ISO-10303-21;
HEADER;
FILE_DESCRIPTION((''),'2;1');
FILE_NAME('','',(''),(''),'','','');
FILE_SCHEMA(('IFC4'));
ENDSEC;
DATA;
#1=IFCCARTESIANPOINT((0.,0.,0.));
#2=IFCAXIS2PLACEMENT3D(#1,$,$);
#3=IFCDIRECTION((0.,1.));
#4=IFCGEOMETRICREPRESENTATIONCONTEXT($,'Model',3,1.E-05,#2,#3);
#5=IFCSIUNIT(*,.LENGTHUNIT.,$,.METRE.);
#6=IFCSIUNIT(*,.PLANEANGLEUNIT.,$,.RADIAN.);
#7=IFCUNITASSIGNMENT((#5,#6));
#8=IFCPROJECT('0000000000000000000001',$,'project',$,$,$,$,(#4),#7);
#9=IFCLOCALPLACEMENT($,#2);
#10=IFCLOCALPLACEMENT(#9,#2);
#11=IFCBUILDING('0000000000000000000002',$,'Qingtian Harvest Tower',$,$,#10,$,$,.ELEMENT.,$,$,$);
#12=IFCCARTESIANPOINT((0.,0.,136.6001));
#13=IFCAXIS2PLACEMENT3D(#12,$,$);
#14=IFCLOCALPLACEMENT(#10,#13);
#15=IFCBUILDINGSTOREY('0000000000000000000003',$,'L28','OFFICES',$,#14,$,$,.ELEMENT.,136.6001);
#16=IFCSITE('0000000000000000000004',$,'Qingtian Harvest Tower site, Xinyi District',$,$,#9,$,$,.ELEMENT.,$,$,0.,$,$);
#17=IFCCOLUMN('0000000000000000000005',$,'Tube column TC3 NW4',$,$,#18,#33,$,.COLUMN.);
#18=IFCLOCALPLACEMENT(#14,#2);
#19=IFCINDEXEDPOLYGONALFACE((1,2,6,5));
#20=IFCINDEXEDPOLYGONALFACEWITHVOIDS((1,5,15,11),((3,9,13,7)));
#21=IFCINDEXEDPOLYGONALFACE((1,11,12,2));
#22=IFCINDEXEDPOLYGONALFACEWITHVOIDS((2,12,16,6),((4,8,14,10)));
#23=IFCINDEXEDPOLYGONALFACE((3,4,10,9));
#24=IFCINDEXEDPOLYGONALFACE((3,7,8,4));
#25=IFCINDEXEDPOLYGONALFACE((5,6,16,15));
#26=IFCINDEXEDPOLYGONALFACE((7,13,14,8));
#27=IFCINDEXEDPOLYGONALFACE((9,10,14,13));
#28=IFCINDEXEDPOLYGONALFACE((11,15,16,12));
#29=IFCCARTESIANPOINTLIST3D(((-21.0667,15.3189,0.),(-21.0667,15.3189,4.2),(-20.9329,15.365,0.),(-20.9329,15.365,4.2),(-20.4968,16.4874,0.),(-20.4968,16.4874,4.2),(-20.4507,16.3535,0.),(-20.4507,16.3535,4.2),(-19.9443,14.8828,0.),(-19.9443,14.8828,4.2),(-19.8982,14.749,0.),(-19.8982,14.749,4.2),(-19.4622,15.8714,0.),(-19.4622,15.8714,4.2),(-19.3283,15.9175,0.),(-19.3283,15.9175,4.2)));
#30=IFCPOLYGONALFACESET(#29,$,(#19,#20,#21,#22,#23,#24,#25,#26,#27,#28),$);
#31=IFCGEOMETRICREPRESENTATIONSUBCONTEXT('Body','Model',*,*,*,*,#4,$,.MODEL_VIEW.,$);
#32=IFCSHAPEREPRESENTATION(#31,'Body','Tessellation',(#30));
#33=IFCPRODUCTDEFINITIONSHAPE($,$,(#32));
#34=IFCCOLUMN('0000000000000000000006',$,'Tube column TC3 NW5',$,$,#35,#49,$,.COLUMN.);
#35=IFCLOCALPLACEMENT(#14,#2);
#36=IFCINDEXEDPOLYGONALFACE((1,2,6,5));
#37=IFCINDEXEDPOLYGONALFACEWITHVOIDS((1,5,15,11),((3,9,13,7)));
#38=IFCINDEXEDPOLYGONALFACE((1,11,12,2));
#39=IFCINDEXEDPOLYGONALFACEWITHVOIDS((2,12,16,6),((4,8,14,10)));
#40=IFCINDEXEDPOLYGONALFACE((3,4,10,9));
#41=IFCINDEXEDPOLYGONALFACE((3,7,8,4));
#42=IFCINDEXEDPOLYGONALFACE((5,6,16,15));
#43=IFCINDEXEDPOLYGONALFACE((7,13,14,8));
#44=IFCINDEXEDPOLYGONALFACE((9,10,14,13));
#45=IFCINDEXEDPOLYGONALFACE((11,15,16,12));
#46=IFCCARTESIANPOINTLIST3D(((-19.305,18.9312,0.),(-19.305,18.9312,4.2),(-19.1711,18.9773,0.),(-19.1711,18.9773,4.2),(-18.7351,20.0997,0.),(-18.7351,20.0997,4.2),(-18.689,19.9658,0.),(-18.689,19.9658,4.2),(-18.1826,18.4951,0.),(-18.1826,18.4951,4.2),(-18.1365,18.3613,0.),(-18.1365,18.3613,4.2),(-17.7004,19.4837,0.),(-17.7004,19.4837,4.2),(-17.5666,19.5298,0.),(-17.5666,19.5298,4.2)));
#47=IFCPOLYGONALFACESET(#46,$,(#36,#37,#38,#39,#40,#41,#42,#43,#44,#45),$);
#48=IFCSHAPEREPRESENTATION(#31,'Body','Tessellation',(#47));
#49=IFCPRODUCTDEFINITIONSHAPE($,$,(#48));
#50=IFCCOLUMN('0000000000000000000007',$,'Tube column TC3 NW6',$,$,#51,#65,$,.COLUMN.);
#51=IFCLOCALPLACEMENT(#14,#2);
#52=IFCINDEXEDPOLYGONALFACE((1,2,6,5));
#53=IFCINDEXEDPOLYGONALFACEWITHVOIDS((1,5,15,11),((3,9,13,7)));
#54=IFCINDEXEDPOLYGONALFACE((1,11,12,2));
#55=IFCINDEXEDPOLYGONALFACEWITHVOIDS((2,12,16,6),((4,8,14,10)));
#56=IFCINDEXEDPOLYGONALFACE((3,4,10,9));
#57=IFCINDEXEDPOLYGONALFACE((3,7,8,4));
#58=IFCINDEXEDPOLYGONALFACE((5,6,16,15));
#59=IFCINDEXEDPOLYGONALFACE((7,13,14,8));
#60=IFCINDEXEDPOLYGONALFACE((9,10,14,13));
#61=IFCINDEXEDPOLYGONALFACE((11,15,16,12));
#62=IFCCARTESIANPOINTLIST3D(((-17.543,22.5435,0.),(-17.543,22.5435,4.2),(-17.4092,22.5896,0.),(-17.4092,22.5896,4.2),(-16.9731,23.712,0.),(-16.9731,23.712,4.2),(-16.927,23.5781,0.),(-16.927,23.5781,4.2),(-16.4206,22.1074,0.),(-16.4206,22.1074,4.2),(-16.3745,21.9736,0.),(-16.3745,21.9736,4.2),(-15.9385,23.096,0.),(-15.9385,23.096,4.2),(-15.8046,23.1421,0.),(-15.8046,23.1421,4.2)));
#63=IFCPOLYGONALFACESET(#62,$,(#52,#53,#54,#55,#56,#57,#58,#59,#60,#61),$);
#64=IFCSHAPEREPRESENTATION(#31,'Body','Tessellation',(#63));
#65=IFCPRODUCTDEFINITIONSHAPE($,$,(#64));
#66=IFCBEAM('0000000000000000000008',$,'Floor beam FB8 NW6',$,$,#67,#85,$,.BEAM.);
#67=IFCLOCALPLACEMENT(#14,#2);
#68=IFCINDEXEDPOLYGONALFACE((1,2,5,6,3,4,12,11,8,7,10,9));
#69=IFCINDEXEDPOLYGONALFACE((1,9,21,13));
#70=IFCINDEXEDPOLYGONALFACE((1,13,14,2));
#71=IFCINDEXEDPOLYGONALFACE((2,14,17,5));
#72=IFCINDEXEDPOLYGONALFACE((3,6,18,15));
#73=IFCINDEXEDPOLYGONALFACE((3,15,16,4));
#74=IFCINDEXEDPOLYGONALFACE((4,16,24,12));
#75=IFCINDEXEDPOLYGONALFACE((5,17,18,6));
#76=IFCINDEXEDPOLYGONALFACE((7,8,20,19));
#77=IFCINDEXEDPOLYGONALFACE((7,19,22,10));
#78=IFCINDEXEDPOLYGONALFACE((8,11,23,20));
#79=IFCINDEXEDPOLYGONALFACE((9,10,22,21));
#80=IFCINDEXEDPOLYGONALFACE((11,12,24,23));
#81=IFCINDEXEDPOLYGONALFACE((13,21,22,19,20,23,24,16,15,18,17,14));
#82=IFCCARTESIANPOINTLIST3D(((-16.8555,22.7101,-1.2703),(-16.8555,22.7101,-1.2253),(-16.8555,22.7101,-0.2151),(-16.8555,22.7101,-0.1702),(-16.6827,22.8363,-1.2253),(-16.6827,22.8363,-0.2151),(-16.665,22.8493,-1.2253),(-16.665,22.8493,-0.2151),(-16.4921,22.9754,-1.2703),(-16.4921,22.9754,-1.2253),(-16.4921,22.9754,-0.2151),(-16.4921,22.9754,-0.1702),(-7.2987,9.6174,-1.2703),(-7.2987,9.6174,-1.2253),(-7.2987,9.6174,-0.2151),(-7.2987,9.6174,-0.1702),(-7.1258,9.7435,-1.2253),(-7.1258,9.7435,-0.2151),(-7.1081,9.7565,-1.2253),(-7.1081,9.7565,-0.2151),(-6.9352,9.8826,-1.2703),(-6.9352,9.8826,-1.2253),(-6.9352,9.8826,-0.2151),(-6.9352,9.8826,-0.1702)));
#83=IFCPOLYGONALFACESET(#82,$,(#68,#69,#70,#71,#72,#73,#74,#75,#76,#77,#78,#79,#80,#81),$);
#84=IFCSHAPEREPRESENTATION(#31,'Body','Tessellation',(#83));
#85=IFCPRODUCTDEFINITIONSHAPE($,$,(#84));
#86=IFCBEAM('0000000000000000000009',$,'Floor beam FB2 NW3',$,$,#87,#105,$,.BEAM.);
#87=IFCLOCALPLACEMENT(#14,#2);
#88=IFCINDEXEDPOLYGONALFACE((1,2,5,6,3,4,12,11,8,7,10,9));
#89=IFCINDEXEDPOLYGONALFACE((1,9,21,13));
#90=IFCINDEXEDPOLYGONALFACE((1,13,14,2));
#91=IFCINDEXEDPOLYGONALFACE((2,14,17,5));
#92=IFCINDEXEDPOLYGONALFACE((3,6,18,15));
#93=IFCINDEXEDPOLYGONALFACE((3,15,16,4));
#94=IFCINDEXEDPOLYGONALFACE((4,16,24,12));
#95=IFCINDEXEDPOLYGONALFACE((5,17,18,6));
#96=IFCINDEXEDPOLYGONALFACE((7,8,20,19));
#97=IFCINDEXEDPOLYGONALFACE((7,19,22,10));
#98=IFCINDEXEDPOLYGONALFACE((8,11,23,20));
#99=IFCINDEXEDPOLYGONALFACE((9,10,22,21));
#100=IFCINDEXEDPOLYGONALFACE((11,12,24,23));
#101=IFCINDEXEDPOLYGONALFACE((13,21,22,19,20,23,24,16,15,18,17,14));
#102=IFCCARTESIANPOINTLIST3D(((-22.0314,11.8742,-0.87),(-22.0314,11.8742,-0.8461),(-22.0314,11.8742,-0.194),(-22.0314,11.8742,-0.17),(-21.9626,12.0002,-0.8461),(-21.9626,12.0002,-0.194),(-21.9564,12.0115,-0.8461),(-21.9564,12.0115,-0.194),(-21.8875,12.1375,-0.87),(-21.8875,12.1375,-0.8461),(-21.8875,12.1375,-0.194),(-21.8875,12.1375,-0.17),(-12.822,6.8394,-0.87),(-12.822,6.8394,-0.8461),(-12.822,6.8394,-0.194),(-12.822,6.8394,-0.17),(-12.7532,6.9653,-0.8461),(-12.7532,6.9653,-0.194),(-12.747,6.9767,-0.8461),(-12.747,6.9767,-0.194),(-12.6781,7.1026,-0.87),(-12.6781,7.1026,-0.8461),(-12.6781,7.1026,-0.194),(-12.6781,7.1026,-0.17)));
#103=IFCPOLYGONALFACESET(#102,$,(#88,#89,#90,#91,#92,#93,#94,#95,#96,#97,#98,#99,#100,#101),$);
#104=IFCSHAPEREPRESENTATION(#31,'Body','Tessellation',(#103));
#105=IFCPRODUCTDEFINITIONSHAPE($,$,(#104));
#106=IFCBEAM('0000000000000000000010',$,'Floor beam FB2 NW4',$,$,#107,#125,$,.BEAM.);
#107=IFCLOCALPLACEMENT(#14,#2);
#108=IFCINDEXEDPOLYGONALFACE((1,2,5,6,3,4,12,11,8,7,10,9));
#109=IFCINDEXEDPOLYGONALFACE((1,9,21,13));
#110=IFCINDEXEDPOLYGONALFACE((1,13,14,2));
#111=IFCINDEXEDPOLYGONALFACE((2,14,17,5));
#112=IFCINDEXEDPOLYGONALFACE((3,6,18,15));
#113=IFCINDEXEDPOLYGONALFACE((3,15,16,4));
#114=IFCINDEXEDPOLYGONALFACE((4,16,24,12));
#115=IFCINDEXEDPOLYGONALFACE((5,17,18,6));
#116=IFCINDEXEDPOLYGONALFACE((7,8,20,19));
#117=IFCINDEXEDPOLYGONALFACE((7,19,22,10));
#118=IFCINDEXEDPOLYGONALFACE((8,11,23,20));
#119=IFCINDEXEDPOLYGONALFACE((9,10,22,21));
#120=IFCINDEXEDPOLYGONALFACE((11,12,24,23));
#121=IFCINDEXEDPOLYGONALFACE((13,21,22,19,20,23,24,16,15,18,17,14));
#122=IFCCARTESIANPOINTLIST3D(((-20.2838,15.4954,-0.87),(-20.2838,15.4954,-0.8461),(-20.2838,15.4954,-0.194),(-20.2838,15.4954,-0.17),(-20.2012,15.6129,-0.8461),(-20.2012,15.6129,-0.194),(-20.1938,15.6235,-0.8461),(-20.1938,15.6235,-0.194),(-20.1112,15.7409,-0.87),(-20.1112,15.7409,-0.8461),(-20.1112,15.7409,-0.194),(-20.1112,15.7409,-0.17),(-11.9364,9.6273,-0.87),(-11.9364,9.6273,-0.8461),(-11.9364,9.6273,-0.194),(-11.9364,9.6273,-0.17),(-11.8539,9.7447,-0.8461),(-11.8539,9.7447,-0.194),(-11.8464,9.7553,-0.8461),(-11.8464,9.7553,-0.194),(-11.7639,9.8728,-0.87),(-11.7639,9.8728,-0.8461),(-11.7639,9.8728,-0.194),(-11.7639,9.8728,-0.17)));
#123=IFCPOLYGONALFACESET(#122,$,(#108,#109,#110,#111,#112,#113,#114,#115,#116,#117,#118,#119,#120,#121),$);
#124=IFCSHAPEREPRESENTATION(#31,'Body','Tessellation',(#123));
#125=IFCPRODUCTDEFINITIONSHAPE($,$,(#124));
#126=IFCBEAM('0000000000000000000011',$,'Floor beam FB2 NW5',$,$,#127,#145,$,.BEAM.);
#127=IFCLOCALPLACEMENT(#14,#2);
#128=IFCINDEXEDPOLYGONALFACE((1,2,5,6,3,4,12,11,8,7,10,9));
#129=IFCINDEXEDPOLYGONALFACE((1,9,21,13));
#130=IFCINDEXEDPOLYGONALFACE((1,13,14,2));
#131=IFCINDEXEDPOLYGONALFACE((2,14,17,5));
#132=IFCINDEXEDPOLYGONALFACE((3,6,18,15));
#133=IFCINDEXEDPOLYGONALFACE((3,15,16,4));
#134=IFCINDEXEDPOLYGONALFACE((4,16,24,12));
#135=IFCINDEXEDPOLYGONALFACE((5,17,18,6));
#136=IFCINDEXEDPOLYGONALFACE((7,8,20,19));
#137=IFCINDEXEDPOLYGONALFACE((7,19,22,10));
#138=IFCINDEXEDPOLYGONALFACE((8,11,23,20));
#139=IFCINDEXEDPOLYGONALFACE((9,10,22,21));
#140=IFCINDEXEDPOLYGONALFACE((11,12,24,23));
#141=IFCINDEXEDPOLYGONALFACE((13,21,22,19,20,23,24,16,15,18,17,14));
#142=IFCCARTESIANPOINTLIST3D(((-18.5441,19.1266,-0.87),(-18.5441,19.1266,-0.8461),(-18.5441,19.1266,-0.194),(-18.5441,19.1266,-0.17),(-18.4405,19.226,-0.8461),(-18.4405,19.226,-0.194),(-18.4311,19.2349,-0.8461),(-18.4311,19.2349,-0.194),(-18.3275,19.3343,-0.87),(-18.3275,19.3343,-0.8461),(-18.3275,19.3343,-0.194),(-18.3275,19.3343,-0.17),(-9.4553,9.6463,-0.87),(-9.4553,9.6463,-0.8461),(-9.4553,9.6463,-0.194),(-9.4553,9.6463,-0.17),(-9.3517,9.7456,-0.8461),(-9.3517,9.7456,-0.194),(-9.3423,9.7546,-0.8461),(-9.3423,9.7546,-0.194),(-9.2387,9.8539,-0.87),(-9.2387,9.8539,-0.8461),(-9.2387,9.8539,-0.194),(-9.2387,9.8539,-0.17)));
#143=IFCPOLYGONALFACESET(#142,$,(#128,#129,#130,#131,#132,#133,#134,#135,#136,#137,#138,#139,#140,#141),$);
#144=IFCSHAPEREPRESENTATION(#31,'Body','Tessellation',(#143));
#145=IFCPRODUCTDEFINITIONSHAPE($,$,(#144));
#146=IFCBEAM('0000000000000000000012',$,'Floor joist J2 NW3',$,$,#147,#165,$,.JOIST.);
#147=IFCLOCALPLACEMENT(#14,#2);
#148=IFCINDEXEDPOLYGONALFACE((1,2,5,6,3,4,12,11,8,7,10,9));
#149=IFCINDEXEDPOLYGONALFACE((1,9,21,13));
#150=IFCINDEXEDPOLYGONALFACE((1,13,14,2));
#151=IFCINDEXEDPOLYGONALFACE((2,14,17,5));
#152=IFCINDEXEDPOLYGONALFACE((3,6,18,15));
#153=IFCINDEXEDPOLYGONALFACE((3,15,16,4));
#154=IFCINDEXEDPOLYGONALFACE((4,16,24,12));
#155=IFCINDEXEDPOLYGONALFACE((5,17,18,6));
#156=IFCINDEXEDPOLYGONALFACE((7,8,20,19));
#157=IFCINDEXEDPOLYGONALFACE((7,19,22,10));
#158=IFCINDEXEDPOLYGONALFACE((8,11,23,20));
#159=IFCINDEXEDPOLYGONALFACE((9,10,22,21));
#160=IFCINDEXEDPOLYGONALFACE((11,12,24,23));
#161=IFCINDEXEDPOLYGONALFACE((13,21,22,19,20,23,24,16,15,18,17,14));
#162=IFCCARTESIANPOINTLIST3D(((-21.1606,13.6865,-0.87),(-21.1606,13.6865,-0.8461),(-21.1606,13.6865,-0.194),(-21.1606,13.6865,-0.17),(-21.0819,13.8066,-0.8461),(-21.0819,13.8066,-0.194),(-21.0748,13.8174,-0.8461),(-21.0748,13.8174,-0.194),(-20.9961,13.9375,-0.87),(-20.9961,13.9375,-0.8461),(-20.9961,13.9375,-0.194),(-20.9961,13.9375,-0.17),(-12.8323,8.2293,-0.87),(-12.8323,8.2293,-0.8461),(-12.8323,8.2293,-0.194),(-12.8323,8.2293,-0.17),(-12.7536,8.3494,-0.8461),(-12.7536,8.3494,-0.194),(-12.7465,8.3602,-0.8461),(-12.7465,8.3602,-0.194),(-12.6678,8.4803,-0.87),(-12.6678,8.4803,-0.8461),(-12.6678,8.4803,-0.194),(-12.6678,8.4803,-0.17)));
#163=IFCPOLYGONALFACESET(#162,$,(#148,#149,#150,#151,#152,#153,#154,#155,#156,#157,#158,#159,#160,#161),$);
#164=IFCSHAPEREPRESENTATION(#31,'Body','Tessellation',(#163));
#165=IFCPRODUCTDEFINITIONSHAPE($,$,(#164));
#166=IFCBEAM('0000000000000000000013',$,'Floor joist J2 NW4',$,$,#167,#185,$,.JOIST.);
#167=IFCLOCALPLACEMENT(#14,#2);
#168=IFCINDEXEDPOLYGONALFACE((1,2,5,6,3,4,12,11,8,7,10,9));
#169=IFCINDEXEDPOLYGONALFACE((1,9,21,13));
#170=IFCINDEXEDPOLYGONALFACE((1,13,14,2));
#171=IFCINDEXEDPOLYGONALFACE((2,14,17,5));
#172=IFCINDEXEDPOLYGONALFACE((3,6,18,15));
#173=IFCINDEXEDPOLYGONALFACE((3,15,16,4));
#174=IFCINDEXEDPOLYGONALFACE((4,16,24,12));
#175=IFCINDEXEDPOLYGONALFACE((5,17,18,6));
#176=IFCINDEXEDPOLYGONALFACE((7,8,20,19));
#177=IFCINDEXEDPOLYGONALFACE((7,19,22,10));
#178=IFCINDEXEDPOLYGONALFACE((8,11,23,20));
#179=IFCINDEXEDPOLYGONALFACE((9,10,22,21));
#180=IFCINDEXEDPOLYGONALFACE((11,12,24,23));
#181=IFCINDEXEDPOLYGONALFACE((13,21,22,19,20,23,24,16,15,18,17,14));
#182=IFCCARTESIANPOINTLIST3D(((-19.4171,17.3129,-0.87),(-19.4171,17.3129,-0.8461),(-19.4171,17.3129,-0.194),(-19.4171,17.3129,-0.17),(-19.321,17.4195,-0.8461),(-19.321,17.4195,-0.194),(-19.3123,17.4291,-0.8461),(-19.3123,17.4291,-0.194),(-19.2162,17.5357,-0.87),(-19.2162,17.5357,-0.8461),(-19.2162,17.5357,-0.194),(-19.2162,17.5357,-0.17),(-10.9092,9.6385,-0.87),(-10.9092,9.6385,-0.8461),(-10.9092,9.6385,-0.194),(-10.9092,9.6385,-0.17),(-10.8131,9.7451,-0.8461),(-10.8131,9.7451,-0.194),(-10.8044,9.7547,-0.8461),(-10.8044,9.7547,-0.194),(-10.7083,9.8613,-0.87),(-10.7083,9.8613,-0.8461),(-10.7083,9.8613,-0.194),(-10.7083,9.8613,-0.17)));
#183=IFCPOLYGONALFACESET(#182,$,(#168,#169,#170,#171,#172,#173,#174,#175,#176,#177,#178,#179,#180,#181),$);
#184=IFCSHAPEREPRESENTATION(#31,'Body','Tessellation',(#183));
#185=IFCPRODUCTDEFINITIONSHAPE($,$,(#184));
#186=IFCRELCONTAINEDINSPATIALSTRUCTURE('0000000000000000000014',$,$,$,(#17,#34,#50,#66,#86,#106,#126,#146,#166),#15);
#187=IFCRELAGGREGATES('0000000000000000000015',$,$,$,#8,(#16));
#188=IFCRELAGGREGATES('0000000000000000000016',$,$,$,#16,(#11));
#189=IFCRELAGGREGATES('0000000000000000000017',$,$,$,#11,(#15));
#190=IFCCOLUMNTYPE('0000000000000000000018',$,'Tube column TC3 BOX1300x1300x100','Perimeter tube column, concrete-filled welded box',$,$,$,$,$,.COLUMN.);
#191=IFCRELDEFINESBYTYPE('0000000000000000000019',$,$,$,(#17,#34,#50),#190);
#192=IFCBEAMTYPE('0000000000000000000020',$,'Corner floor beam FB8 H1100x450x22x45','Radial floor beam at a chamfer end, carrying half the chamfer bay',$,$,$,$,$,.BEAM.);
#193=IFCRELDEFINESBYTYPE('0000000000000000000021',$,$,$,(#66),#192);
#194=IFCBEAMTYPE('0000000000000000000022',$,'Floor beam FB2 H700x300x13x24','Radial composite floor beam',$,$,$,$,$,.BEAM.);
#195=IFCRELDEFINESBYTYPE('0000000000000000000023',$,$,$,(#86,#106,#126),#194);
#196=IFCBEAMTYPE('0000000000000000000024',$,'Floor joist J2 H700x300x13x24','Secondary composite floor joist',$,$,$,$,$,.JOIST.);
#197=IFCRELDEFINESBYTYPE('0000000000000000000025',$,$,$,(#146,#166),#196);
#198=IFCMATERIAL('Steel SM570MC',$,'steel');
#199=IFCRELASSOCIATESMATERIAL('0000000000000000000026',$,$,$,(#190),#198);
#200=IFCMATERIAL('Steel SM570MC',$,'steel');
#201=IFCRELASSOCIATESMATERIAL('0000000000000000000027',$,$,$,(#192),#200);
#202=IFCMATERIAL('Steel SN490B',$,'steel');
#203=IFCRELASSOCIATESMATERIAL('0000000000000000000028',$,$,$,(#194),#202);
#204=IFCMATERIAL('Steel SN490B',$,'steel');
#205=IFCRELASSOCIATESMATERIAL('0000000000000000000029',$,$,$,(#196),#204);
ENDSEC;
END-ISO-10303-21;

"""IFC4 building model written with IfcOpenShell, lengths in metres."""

from ifc_helpers import new_model, si_unit, direction, frame, origin, origin_2d, place, context, subcontext, project, spatial, hollow_rectangle, i_section, extrude, material, material_profile, profile_set, type_object, element, save


model = new_model("IFC4")

# Units and contexts
model_context = context("Model", 3, precision=1e-05, world=origin(), true_north=direction((0.0, 1.0)))
body_context = subcontext(model_context, "Body", "Model", "MODEL_VIEW")
ifc_project = project(units=[si_unit("LENGTHUNIT", "METRE"), si_unit("PLANEANGLEUNIT", "RADIAN")], contexts=[model_context])

# Site, building, storey
site_placement = place(None, origin())
site = spatial("IfcSite", under=ifc_project, at=site_placement, Name="Qingtian Harvest Tower site, Xinyi District", CompositionType="ELEMENT", RefElevation=0.0)
building_placement = place(site_placement, origin())
building = spatial("IfcBuilding", under=site, at=building_placement, Name="Qingtian Harvest Tower", CompositionType="ELEMENT")
storey_placement = place(building_placement, frame((0.0, 0.0, 136.6001)))
storey = spatial("IfcBuildingStorey", under=building, at=storey_placement, Name="L28", Description="OFFICES", CompositionType="ELEMENT", Elevation=136.6001)

# Columns
ifc_material_1 = material(Name="Steel SM570MC", Category="steel")
ifc_material_profile_1 = material_profile(ifc_material_1, hollow_rectangle(XDim=1.3, YDim=1.3, WallThickness=0.1001, at=origin_2d()), Name="BOX1300x1300x100")
ifc_profile_set_1 = profile_set([ifc_material_profile_1], Name="Steel SM570MC")
column_type = type_object("IfcColumnType", Name="Tube column TC3 BOX1300x1300x100", Description="Perimeter tube column, concrete-filled welded box", PredefinedType="COLUMN", material=ifc_profile_set_1)
for number, where, z_axis, x_axis, name in (
    (1, (-20.1975, 15.6182, 0.0), (0.0, 0.0, 1.0), (-0.438371, -0.898794, 0.0), "Tube column TC3 NW4"),
    (2, (-18.4358, 19.2305, 0.0), (0.0, 0.0, 1.0), (-0.438371, -0.898794, 0.0), "Tube column TC3 NW5"),
    (3, (-16.6738, 22.8428, 0.0), (0.0, 0.0, 1.0), (-0.438371, -0.898794, 0.0), "Tube column TC3 NW6"),
):
    element("IfcColumn", number, at=place(storey_placement, frame(where, z_axis=z_axis, x_axis=x_axis)), inside=storey, type_object=column_type, Name=name, PredefinedType="COLUMN", context=body_context, shape_type="SweptSolid", body=[
        extrude(hollow_rectangle(XDim=1.3, YDim=1.3, WallThickness=0.1001, at=origin_2d()), origin(), (0.0, 0.0, 1.0), 4.2),
    ])

# Beams
ifc_material_2 = material(Name="Steel SM570MC", Category="steel")
ifc_material_profile_2 = material_profile(ifc_material_2, i_section(OverallWidth=0.45, OverallDepth=1.1001, WebThickness=0.022, FlangeThickness=0.0449, at=origin_2d()), Name="H1100x450x22x45")
ifc_profile_set_2 = profile_set([ifc_material_profile_2], Name="Steel SM570MC")
beam_type_1 = type_object("IfcBeamType", Name="Corner floor beam FB8 H1100x450x22x45", Description="Radial floor beam at a chamfer end, carrying half the chamfer bay", PredefinedType="BEAM", material=ifc_profile_set_2)
beam_1_placement = place(storey_placement, frame((-16.6738, 22.8428, -0.7202), z_axis=(0.589578, -0.807712, 0.0), x_axis=(0.807712, 0.589578, 0.0)))
element("IfcBeam", 4, at=beam_1_placement, inside=storey, type_object=beam_type_1, Name="Floor beam FB8 NW6", PredefinedType="BEAM", context=body_context, shape_type="SweptSolid", body=[
    extrude(i_section(OverallWidth=0.45, OverallDepth=1.1001, WebThickness=0.022, FlangeThickness=0.0449, at=origin_2d()), origin(), (0.0, 0.0, 1.0), 16.2097),
])
ifc_material_3 = material(Name="Steel SN490B", Category="steel")
ifc_material_profile_3 = material_profile(ifc_material_3, i_section(OverallWidth=0.3, OverallDepth=0.7, WebThickness=0.0129, FlangeThickness=0.0239, at=origin_2d()), Name="H700x300x13x24")
ifc_profile_set_3 = profile_set([ifc_material_profile_3], Name="Steel SN490B")
beam_type_2 = type_object("IfcBeamType", Name="Floor beam FB2 H700x300x13x24", Description="Radial composite floor beam", PredefinedType="BEAM", material=ifc_profile_set_3)
beam_2_placement = place(storey_placement, frame((-21.9595, 12.0059, -0.52), z_axis=(0.877432, -0.479701, 0.0), x_axis=(0.479701, 0.877432, 0.0)))
element("IfcBeam", 5, at=beam_2_placement, inside=storey, type_object=beam_type_2, Name="Floor beam FB2 NW3", PredefinedType="BEAM", context=body_context, shape_type="SweptSolid", body=[
    extrude(i_section(OverallWidth=0.3, OverallDepth=0.7, WebThickness=0.0129, FlangeThickness=0.0239, at=origin_2d()), origin(), (0.0, 0.0, 1.0), 10.4958),
])
beam_3_placement = place(storey_placement, frame((-20.1975, 15.6182, -0.52), z_axis=(0.81808, -0.575104, 0.0), x_axis=(0.575104, 0.81808, 0.0)))
element("IfcBeam", 6, at=beam_3_placement, inside=storey, type_object=beam_type_2, Name="Floor beam FB2 NW4", PredefinedType="BEAM", context=body_context, shape_type="SweptSolid", body=[
    extrude(i_section(OverallWidth=0.3, OverallDepth=0.7, WebThickness=0.0129, FlangeThickness=0.0239, at=origin_2d()), origin(), (0.0, 0.0, 1.0), 10.2036),
])
beam_4_placement = place(storey_placement, frame((-18.4358, 19.2305, -0.52), z_axis=(0.692041, -0.721858, 0.0), x_axis=(0.721858, 0.692041, 0.0)))
element("IfcBeam", 7, at=beam_4_placement, inside=storey, type_object=beam_type_2, Name="Floor beam FB2 NW5", PredefinedType="BEAM", context=body_context, shape_type="SweptSolid", body=[
    extrude(i_section(OverallWidth=0.3, OverallDepth=0.7, WebThickness=0.0129, FlangeThickness=0.0239, at=origin_2d()), origin(), (0.0, 0.0, 1.0), 13.1333),
])
ifc_material_4 = material(Name="Steel SN490B", Category="steel")
ifc_material_profile_4 = material_profile(ifc_material_4, i_section(OverallWidth=0.3, OverallDepth=0.7, WebThickness=0.0129, FlangeThickness=0.0239, at=origin_2d()), Name="H700x300x13x24")
ifc_profile_set_4 = profile_set([ifc_material_profile_4], Name="Steel SN490B")
beam_type_3 = type_object("IfcBeamType", Name="Floor joist J2 H700x300x13x24", Description="Secondary composite floor joist", PredefinedType="JOIST", material=ifc_profile_set_4)
beam_5_placement = place(storey_placement, frame((-21.0784, 13.812, -0.52), z_axis=(0.836426, -0.548079, 0.0), x_axis=(0.548079, 0.836426, 0.0)))
element("IfcBeam", 8, at=beam_5_placement, inside=storey, type_object=beam_type_3, Name="Floor joist J2 NW3", PredefinedType="JOIST", context=body_context, shape_type="SweptSolid", body=[
    extrude(i_section(OverallWidth=0.3, OverallDepth=0.7, WebThickness=0.0129, FlangeThickness=0.0239, at=origin_2d()), origin(), (0.0, 0.0, 1.0), 9.957),
])
beam_6_placement = place(storey_placement, frame((-19.3167, 17.4243, -0.52), z_axis=(0.742544, -0.669798, 0.0), x_axis=(0.669798, 0.742544, 0.0)))
element("IfcBeam", 9, at=beam_6_placement, inside=storey, type_object=beam_type_3, Name="Floor joist J2 NW4", PredefinedType="JOIST", context=body_context, shape_type="SweptSolid", body=[
    extrude(i_section(OverallWidth=0.3, OverallDepth=0.7, WebThickness=0.0129, FlangeThickness=0.0239, at=origin_2d()), origin(), (0.0, 0.0, 1.0), 11.4578),
])

save(model, "model.ifc")
